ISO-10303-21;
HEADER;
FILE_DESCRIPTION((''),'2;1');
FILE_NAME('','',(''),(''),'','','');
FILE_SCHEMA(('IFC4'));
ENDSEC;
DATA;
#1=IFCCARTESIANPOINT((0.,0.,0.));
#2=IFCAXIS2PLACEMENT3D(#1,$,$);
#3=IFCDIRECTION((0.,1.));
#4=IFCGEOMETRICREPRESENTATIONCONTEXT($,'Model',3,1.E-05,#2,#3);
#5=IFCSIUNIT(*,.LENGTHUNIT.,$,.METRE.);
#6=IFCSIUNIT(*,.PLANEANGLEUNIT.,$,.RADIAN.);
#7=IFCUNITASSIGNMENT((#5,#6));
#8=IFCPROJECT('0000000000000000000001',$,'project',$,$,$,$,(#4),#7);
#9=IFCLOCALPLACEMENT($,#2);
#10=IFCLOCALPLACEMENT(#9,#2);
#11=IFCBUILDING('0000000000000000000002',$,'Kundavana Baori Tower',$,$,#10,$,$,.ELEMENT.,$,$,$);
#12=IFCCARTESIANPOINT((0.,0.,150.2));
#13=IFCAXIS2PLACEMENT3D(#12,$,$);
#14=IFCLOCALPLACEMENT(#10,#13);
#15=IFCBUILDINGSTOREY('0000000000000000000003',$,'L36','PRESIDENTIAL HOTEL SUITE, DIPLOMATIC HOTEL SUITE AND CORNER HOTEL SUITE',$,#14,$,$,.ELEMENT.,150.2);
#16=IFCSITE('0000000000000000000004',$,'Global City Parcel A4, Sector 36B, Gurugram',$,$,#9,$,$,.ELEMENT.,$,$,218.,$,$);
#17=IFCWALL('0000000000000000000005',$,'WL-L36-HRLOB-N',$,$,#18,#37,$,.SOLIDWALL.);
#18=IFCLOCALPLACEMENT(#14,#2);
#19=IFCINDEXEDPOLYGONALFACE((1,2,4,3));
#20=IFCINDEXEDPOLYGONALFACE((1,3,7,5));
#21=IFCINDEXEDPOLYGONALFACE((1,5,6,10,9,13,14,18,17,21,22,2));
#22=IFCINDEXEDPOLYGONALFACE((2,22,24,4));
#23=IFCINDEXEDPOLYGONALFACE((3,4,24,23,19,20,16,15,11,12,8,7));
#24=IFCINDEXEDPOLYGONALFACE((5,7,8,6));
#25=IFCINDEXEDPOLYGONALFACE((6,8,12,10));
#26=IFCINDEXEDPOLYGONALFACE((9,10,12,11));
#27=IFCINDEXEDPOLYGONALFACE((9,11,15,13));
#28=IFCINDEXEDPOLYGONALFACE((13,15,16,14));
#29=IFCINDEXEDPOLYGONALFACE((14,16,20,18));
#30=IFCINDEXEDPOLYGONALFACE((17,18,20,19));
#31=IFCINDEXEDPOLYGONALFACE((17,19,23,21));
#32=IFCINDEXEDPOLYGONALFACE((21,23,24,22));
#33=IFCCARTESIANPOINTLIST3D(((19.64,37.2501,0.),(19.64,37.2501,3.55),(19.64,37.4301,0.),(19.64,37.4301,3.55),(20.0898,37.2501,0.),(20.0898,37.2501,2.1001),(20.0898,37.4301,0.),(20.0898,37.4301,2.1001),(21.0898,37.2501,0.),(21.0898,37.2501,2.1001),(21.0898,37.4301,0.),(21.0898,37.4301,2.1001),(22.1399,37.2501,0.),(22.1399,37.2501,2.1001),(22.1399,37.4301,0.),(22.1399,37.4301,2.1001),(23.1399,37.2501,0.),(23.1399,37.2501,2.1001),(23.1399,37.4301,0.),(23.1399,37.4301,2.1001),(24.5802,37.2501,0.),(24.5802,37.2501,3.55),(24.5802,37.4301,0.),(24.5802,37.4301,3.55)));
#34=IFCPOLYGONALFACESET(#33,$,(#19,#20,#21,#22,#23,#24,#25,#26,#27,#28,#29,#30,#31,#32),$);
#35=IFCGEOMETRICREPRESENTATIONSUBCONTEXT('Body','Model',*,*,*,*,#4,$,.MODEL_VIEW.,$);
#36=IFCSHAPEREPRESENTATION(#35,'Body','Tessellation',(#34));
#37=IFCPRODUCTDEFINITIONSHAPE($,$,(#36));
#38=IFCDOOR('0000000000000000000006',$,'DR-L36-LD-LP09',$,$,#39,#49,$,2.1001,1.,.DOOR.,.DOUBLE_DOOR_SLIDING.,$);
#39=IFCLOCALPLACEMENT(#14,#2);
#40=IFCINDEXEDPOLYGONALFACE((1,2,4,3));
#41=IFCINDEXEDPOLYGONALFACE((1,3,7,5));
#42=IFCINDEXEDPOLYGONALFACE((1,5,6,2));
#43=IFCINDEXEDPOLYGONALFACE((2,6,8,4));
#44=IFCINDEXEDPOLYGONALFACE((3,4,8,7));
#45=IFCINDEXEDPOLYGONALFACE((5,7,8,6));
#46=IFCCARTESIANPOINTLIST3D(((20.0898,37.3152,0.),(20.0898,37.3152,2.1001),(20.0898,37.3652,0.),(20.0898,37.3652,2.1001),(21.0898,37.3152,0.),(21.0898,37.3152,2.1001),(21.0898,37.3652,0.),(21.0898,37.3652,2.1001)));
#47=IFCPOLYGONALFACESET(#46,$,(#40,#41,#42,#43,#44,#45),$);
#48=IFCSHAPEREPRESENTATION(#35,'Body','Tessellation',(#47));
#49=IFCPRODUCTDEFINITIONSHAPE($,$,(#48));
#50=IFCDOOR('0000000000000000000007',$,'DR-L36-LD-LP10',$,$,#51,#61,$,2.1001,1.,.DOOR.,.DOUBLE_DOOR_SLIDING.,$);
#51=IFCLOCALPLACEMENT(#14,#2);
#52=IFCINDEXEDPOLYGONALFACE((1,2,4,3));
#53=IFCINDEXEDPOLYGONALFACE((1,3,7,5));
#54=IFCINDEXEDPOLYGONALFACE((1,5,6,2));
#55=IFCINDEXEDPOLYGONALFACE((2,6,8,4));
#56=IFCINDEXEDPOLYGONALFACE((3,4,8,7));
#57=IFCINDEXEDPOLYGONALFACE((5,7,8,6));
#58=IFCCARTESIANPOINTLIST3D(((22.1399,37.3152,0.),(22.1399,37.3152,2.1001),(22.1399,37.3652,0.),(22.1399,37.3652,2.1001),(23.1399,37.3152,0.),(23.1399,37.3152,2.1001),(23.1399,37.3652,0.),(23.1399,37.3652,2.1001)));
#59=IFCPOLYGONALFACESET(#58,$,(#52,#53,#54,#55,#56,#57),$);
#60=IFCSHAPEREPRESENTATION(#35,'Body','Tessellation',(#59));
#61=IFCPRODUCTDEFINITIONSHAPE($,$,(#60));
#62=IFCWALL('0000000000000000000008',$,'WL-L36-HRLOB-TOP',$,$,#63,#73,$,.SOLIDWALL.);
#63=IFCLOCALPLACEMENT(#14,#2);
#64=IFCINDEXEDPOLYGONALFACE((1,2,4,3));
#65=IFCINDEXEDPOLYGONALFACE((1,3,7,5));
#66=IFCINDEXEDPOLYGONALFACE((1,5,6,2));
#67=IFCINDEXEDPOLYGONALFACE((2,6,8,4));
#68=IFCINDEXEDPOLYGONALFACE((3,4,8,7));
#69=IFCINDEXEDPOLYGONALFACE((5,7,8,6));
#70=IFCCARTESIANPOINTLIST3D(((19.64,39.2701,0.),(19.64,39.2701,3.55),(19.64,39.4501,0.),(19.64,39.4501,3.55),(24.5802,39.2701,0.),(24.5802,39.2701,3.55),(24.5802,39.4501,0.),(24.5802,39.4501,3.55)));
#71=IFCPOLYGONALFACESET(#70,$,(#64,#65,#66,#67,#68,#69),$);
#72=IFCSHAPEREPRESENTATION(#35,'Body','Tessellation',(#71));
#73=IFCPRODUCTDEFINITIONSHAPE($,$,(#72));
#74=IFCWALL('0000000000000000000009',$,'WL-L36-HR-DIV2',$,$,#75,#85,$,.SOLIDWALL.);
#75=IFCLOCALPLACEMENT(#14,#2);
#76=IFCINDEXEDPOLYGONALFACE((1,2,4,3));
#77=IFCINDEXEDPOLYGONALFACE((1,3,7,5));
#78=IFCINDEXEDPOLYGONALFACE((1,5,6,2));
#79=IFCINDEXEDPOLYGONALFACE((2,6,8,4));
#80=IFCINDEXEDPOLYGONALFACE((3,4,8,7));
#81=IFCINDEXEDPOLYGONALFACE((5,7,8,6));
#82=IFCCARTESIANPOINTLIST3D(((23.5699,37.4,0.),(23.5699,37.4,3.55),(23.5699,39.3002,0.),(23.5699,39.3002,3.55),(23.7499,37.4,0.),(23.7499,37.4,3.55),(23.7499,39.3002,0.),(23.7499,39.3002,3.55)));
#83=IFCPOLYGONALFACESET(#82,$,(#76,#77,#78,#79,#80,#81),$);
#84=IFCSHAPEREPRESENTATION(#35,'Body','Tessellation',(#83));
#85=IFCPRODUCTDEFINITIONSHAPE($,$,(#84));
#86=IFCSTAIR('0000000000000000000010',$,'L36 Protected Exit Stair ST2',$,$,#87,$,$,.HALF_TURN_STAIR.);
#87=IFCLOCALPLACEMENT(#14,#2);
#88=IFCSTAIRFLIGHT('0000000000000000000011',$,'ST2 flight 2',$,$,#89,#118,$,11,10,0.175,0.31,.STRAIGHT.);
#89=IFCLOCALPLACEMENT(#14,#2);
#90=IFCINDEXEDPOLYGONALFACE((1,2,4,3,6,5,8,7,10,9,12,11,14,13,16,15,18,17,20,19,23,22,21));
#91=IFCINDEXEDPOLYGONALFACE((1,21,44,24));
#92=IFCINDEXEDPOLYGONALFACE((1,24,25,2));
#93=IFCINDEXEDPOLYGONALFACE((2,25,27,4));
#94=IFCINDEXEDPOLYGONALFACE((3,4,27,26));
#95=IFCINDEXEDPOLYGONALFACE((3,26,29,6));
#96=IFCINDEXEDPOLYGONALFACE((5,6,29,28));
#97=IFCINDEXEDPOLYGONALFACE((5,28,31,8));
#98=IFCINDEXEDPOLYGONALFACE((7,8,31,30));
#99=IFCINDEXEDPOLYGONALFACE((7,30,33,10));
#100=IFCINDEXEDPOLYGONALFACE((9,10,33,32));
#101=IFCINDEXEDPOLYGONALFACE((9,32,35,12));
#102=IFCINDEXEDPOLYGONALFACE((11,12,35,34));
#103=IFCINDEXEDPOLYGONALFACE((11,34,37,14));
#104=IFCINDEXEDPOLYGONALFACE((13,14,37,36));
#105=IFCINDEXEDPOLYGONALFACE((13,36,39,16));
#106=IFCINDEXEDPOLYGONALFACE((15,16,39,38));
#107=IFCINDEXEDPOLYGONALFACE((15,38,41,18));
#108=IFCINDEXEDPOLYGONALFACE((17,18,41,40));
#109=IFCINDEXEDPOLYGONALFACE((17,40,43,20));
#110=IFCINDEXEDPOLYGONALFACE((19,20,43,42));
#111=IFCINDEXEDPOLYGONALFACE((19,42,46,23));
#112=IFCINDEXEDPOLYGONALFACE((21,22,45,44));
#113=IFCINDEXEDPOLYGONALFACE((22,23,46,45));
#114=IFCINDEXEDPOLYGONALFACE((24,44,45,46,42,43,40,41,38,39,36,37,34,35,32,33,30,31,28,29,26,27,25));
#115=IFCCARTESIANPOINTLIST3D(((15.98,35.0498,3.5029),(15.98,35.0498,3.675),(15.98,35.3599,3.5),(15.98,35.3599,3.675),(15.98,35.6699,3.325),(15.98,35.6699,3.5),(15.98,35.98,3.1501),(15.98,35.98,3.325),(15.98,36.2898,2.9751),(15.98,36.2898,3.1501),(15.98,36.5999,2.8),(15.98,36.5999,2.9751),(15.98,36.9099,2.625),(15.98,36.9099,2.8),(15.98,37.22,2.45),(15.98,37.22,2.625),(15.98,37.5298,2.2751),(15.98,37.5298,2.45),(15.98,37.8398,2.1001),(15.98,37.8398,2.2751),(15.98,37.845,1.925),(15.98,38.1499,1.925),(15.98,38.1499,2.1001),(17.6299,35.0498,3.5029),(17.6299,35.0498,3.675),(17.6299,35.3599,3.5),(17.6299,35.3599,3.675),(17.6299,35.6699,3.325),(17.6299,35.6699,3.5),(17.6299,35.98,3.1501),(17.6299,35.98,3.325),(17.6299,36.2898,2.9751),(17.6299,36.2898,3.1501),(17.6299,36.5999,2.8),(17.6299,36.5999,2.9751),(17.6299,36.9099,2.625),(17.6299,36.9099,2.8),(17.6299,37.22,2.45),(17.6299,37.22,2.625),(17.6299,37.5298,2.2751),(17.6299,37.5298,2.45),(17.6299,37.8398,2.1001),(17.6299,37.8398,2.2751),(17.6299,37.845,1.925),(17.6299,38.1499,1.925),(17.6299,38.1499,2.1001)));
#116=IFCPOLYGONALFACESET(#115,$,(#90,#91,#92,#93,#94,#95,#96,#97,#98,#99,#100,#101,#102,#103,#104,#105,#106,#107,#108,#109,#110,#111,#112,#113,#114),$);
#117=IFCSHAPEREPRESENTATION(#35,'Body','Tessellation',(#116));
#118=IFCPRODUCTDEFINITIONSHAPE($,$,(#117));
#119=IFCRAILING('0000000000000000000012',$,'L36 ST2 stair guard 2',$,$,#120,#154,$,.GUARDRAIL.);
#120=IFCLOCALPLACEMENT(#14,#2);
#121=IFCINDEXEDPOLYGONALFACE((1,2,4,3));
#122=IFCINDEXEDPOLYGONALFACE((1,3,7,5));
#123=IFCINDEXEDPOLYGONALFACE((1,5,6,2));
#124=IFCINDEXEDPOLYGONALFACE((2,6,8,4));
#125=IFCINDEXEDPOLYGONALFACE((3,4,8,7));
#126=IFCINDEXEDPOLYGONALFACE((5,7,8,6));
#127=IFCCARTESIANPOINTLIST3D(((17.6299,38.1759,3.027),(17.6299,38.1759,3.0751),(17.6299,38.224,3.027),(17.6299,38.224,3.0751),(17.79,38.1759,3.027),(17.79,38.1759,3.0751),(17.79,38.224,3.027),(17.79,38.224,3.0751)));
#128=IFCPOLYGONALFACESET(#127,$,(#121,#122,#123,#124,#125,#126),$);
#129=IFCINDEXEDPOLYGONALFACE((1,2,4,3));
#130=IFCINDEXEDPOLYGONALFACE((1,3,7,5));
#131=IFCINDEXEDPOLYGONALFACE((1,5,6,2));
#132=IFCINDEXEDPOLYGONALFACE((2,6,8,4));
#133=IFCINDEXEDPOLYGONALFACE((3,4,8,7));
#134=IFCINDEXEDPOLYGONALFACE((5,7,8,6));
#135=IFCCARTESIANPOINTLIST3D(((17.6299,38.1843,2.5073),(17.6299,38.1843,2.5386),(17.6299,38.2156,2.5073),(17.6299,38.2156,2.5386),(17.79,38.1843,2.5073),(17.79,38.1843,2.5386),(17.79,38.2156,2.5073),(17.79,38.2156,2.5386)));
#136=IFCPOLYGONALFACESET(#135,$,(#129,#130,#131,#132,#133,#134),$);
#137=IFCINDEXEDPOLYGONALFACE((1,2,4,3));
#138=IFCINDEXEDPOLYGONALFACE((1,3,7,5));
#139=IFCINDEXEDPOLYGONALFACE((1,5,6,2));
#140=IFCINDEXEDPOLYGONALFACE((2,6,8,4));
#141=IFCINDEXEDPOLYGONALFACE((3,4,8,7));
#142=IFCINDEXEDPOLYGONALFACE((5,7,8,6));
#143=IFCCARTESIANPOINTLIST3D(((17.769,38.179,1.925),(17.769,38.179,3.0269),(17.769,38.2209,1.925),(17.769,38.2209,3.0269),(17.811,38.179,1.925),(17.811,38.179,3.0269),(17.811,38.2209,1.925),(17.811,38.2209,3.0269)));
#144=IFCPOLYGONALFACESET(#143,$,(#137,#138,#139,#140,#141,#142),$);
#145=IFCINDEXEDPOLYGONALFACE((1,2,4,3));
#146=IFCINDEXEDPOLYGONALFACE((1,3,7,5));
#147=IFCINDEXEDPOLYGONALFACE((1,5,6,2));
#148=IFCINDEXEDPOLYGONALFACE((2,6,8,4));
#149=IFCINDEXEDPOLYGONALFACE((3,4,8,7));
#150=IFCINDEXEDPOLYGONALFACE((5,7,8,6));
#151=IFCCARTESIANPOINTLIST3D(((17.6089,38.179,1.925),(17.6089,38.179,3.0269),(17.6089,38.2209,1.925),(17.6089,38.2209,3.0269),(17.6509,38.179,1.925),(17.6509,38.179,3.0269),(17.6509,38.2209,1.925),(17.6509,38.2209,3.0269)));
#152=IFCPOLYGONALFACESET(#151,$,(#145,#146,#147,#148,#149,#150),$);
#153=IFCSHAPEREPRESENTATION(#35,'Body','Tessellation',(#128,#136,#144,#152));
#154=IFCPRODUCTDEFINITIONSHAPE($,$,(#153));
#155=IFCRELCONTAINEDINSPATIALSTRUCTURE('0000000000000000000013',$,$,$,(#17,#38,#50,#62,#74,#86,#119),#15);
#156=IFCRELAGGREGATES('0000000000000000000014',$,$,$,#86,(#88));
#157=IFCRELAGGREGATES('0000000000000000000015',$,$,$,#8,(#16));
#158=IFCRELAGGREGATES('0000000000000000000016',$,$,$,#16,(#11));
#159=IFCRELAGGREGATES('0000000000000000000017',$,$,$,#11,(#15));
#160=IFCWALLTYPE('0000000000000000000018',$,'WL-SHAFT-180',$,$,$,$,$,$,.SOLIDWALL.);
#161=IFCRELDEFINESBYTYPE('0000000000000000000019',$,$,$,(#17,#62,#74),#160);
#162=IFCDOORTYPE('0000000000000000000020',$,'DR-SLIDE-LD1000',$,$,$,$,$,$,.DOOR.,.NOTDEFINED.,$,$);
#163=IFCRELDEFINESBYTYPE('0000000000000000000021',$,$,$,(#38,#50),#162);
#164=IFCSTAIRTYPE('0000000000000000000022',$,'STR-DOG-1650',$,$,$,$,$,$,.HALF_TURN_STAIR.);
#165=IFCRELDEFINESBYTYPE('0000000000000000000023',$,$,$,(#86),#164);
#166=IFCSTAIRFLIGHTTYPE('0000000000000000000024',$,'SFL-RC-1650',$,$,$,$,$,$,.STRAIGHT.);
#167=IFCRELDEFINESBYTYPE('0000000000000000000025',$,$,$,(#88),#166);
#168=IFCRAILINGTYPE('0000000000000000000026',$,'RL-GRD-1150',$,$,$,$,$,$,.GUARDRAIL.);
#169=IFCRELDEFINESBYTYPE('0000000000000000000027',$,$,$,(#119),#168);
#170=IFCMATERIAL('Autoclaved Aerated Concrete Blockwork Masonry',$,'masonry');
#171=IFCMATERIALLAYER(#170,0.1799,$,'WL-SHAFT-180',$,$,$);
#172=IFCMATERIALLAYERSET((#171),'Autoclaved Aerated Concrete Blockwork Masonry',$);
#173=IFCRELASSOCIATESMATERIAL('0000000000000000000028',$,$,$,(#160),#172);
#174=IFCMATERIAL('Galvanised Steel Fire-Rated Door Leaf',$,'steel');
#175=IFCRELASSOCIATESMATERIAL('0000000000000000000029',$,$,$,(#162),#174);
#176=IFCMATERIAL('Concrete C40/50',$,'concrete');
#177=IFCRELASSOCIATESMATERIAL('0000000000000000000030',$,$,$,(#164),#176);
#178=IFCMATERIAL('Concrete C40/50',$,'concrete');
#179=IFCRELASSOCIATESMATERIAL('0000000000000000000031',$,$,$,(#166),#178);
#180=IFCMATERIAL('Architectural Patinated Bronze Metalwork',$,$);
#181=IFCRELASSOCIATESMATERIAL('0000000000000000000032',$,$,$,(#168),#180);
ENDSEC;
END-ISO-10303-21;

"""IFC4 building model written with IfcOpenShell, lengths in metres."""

from ifc_helpers import new_model, si_unit, direction, frame, frame_2d, origin, origin_2d, place, context, subcontext, project, spatial, polyline, rectangle, outline, extrude, material, layer, layer_set, type_object, element, fill, aggregate, save


model = new_model("IFC4")

# Units and contexts
model_context = context("Model", 3, precision=1e-05, world=origin(), true_north=direction((0.0, 1.0)))
body_context = subcontext(model_context, "Body", "Model", "MODEL_VIEW")
ifc_project = project(units=[si_unit("LENGTHUNIT", "METRE"), si_unit("PLANEANGLEUNIT", "RADIAN")], contexts=[model_context])

# Site, building, storey
site_placement = place(None, origin())
site = spatial("IfcSite", under=ifc_project, at=site_placement, Name="Global City Parcel A4, Sector 36B, Gurugram", CompositionType="ELEMENT", RefElevation=218.0)
building_placement = place(site_placement, origin())
building = spatial("IfcBuilding", under=site, at=building_placement, Name="Kundavana Baori Tower", CompositionType="ELEMENT")
storey_placement = place(building_placement, frame((0.0, 0.0, 150.2)))
storey = spatial("IfcBuildingStorey", under=building, at=storey_placement, Name="L36", Description="PRESIDENTIAL HOTEL SUITE, DIPLOMATIC HOTEL SUITE AND CORNER HOTEL SUITE", CompositionType="ELEMENT", Elevation=150.2)

# Shared definitions
ifc_material_1 = material(Name="Autoclaved Aerated Concrete Blockwork Masonry", Category="masonry")
ifc_layer_1 = layer(ifc_material_1, 0.1799, Name="WL-SHAFT-180")
ifc_layer_set_1 = layer_set([ifc_layer_1], Name="Autoclaved Aerated Concrete Blockwork Masonry")
wall_type_1 = type_object("IfcWallType", Name="WL-SHAFT-180", PredefinedType="SOLIDWALL", material=ifc_layer_set_1)
ifc_material_2 = material(Name="Galvanised Steel Fire-Rated Door Leaf", Category="steel")
door_type = type_object("IfcDoorType", Name="DR-SLIDE-LD1000", OperationType="NOTDEFINED", PredefinedType="DOOR", material=ifc_material_2)

# Wall, openings, doors
wall_1_placement = place(storey_placement, frame((19.6399, 37.3401, 0.0), z_axis=(0.0, 0.0, 1.0), x_axis=(1.0, 0.0, 0.0)))
wall_1 = element("IfcWall", 1, at=wall_1_placement, inside=storey, type_object=wall_type_1, Name="WL-L36-HRLOB-N", PredefinedType="SOLIDWALL", context=body_context, shape_type="SweptSolid", body=[
    extrude(rectangle(XDim=4.9402, YDim=0.1799, at=frame_2d((2.4702, 0.0))), origin(), (0.0, 0.0, 1.0), 3.55),
])
opening_1_placement = place(wall_1_placement, frame((0.45, 0.0, 0.0)))
opening_1 = element("IfcOpeningElement", 2, at=opening_1_placement, cuts=wall_1, PredefinedType="OPENING", context=body_context, shape_type="SweptSolid", body=[
    extrude(rectangle(XDim=1.0, YDim=2.1001, at=frame_2d((0.5, 1.05))), frame((0.0, 0.1001, 0.0), z_axis=(0.0, -1.0, 0.0), x_axis=(1.0, 0.0, 0.0)), (0.0, 0.0, 1.0), 0.2),
])
opening_2_placement = place(wall_1_placement, frame((2.5, 0.0, 0.0)))
opening_2 = element("IfcOpeningElement", 3, at=opening_2_placement, cuts=wall_1, PredefinedType="OPENING", context=body_context, shape_type="SweptSolid", body=[
    extrude(rectangle(XDim=1.0, YDim=2.1001, at=frame_2d((0.5, 1.05))), frame((0.0, 0.1001, 0.0), z_axis=(0.0, -1.0, 0.0), x_axis=(1.0, 0.0, 0.0)), (0.0, 0.0, 1.0), 0.2),
])
door_1_placement = place(opening_1_placement, frame((1.0, 0.0, 0.0), z_axis=(0.0, 0.0, 1.0), x_axis=(-1.0, 0.0, 0.0)))
door_1 = element("IfcDoor", 4, at=door_1_placement, inside=storey, type_object=door_type, Name="DR-L36-LD-LP09", OperationType="DOUBLE_DOOR_SLIDING", OverallHeight=2.1001, OverallWidth=1.0, PredefinedType="DOOR", context=body_context, shape_type="SweptSolid", body=[
    extrude(rectangle(XDim=1.0, YDim=2.1001, at=frame_2d((0.5, 1.05))), frame((0.0, 0.0249, 0.0), z_axis=(0.0, -1.0, 0.0), x_axis=(1.0, 0.0, 0.0)), (0.0, 0.0, 1.0), 0.05),
])
fill(opening_1, door_1)
door_2_placement = place(opening_2_placement, frame((1.0, 0.0, 0.0), z_axis=(0.0, 0.0, 1.0), x_axis=(-1.0, 0.0, 0.0)))
door_2 = element("IfcDoor", 5, at=door_2_placement, inside=storey, type_object=door_type, Name="DR-L36-LD-LP10", OperationType="DOUBLE_DOOR_SLIDING", OverallHeight=2.1001, OverallWidth=1.0, PredefinedType="DOOR", context=body_context, shape_type="SweptSolid", body=[
    extrude(rectangle(XDim=1.0, YDim=2.1001, at=frame_2d((0.5, 1.05))), frame((0.0, 0.0249, 0.0), z_axis=(0.0, -1.0, 0.0), x_axis=(1.0, 0.0, 0.0)), (0.0, 0.0, 1.0), 0.05),
])
fill(opening_2, door_2)

# Walls
wall_2_placement = place(storey_placement, frame((19.6399, 39.3601, 0.0), z_axis=(0.0, 0.0, 1.0), x_axis=(1.0, 0.0, 0.0)))
element("IfcWall", 6, at=wall_2_placement, inside=storey, type_object=wall_type_1, Name="WL-L36-HRLOB-TOP", PredefinedType="SOLIDWALL", context=body_context, shape_type="SweptSolid", body=[
    extrude(rectangle(XDim=4.9402, YDim=0.1799, at=frame_2d((2.4702, 0.0))), origin(), (0.0, 0.0, 1.0), 3.55),
])
wall_3_placement = place(storey_placement, frame((23.6599, 37.3999, 0.0), z_axis=(0.0, 0.0, 1.0), x_axis=(0.0, 1.0, 0.0)))
element("IfcWall", 7, at=wall_3_placement, inside=storey, type_object=wall_type_1, Name="WL-L36-HR-DIV2", PredefinedType="SOLIDWALL", context=body_context, shape_type="SweptSolid", body=[
    extrude(rectangle(XDim=1.9001, YDim=0.1799, at=frame_2d((0.9502, 0.0))), origin(), (0.0, 0.0, 1.0), 3.55),
])

# Stair, stair flight
ifc_material_3 = material(Name="Concrete C40/50", Category="concrete")
stair_type = type_object("IfcStairType", Name="STR-DOG-1650", PredefinedType="HALF_TURN_STAIR", material=ifc_material_3)
stair_placement = place(storey_placement, origin())
stair = element("IfcStair", 8, at=stair_placement, inside=storey, type_object=stair_type, Name="L36 Protected Exit Stair ST2", PredefinedType="HALF_TURN_STAIR")
ifc_material_4 = material(Name="Concrete C40/50", Category="concrete")
stair_flight_type = type_object("IfcStairFlightType", Name="SFL-RC-1650", PredefinedType="STRAIGHT", material=ifc_material_4)
stair_flight_placement = place(storey_placement, frame((16.8049, 38.1499, 1.925), z_axis=(0.0, 0.0, 1.0), x_axis=(0.0, -1.0, 0.0)))
stair_flight = element("IfcStairFlight", 9, at=stair_flight_placement, type_object=stair_flight_type, Name="ST2 flight 2", NumberOfRisers=11, NumberOfTreads=10, PredefinedType="STRAIGHT", RiserHeight=0.175, TreadLength=0.31, context=body_context, shape_type="SweptSolid", body=[
    extrude(outline(polyline([(0.0, 0.0), (0.0, 0.175), (0.3101, 0.175), (0.3101, 0.3501), (0.6201, 0.3501), (0.6201, 0.5249), (0.9299, 0.5249), (0.9299, 0.7), (1.24, 0.7), (1.24, 0.875), (1.55, 0.875), (1.55, 1.05), (1.8601, 1.05), (1.8601, 1.2251), (2.1699, 1.2251), (2.1699, 1.3999), (2.48, 1.3999), (2.48, 1.575), (2.79, 1.575), (2.79, 1.75), (3.1001, 1.75), (3.1001, 1.925), (3.1001, 1.5779), (0.3049, 0.0), (0.0, 0.0)])), frame((0.0, 0.825, 0.0), z_axis=(0.0, -1.0, 0.0), x_axis=(1.0, 0.0, 0.0)), (0.0, 0.0, 1.0), 1.6499),
])
aggregate(stair, [stair_flight])

# Railing
ifc_material_5 = material(Name="Architectural Patinated Bronze Metalwork")
railing_type_1 = type_object("IfcRailingType", Name="RL-GRD-1150", PredefinedType="GUARDRAIL", material=ifc_material_5)
railing_1_placement = place(storey_placement, frame((17.79, 38.2, 1.925)))
element("IfcRailing", 10, at=railing_1_placement, inside=storey, type_object=railing_type_1, Name="L36 ST2 stair guard 2", PredefinedType="GUARDRAIL", context=body_context, shape_type="SweptSolid", body=[
    extrude(rectangle(XDim=0.0481, YDim=0.0481, at=origin_2d()), frame((0.0, 0.0, 1.126), z_axis=(-1.0, 0.0, 0.0), x_axis=(0.0, -1.0, 0.0)), (0.0, 0.0, 1.0), 0.1602),
    extrude(rectangle(XDim=0.0312, YDim=0.0312, at=origin_2d()), frame((0.0, 0.0, 0.5979), z_axis=(-1.0, 0.0, 0.0), x_axis=(0.0, -1.0, 0.0)), (0.0, 0.0, 1.0), 0.1602),
    extrude(rectangle(XDim=0.042, YDim=0.042, at=origin_2d()), origin(), (0.0, 0.0, 1.0), 1.1018),
    extrude(rectangle(XDim=0.042, YDim=0.042, at=origin_2d()), frame((-0.1602, 0.0, 0.0)), (0.0, 0.0, 1.0), 1.1018),
])

save(model, "model.ifc")
